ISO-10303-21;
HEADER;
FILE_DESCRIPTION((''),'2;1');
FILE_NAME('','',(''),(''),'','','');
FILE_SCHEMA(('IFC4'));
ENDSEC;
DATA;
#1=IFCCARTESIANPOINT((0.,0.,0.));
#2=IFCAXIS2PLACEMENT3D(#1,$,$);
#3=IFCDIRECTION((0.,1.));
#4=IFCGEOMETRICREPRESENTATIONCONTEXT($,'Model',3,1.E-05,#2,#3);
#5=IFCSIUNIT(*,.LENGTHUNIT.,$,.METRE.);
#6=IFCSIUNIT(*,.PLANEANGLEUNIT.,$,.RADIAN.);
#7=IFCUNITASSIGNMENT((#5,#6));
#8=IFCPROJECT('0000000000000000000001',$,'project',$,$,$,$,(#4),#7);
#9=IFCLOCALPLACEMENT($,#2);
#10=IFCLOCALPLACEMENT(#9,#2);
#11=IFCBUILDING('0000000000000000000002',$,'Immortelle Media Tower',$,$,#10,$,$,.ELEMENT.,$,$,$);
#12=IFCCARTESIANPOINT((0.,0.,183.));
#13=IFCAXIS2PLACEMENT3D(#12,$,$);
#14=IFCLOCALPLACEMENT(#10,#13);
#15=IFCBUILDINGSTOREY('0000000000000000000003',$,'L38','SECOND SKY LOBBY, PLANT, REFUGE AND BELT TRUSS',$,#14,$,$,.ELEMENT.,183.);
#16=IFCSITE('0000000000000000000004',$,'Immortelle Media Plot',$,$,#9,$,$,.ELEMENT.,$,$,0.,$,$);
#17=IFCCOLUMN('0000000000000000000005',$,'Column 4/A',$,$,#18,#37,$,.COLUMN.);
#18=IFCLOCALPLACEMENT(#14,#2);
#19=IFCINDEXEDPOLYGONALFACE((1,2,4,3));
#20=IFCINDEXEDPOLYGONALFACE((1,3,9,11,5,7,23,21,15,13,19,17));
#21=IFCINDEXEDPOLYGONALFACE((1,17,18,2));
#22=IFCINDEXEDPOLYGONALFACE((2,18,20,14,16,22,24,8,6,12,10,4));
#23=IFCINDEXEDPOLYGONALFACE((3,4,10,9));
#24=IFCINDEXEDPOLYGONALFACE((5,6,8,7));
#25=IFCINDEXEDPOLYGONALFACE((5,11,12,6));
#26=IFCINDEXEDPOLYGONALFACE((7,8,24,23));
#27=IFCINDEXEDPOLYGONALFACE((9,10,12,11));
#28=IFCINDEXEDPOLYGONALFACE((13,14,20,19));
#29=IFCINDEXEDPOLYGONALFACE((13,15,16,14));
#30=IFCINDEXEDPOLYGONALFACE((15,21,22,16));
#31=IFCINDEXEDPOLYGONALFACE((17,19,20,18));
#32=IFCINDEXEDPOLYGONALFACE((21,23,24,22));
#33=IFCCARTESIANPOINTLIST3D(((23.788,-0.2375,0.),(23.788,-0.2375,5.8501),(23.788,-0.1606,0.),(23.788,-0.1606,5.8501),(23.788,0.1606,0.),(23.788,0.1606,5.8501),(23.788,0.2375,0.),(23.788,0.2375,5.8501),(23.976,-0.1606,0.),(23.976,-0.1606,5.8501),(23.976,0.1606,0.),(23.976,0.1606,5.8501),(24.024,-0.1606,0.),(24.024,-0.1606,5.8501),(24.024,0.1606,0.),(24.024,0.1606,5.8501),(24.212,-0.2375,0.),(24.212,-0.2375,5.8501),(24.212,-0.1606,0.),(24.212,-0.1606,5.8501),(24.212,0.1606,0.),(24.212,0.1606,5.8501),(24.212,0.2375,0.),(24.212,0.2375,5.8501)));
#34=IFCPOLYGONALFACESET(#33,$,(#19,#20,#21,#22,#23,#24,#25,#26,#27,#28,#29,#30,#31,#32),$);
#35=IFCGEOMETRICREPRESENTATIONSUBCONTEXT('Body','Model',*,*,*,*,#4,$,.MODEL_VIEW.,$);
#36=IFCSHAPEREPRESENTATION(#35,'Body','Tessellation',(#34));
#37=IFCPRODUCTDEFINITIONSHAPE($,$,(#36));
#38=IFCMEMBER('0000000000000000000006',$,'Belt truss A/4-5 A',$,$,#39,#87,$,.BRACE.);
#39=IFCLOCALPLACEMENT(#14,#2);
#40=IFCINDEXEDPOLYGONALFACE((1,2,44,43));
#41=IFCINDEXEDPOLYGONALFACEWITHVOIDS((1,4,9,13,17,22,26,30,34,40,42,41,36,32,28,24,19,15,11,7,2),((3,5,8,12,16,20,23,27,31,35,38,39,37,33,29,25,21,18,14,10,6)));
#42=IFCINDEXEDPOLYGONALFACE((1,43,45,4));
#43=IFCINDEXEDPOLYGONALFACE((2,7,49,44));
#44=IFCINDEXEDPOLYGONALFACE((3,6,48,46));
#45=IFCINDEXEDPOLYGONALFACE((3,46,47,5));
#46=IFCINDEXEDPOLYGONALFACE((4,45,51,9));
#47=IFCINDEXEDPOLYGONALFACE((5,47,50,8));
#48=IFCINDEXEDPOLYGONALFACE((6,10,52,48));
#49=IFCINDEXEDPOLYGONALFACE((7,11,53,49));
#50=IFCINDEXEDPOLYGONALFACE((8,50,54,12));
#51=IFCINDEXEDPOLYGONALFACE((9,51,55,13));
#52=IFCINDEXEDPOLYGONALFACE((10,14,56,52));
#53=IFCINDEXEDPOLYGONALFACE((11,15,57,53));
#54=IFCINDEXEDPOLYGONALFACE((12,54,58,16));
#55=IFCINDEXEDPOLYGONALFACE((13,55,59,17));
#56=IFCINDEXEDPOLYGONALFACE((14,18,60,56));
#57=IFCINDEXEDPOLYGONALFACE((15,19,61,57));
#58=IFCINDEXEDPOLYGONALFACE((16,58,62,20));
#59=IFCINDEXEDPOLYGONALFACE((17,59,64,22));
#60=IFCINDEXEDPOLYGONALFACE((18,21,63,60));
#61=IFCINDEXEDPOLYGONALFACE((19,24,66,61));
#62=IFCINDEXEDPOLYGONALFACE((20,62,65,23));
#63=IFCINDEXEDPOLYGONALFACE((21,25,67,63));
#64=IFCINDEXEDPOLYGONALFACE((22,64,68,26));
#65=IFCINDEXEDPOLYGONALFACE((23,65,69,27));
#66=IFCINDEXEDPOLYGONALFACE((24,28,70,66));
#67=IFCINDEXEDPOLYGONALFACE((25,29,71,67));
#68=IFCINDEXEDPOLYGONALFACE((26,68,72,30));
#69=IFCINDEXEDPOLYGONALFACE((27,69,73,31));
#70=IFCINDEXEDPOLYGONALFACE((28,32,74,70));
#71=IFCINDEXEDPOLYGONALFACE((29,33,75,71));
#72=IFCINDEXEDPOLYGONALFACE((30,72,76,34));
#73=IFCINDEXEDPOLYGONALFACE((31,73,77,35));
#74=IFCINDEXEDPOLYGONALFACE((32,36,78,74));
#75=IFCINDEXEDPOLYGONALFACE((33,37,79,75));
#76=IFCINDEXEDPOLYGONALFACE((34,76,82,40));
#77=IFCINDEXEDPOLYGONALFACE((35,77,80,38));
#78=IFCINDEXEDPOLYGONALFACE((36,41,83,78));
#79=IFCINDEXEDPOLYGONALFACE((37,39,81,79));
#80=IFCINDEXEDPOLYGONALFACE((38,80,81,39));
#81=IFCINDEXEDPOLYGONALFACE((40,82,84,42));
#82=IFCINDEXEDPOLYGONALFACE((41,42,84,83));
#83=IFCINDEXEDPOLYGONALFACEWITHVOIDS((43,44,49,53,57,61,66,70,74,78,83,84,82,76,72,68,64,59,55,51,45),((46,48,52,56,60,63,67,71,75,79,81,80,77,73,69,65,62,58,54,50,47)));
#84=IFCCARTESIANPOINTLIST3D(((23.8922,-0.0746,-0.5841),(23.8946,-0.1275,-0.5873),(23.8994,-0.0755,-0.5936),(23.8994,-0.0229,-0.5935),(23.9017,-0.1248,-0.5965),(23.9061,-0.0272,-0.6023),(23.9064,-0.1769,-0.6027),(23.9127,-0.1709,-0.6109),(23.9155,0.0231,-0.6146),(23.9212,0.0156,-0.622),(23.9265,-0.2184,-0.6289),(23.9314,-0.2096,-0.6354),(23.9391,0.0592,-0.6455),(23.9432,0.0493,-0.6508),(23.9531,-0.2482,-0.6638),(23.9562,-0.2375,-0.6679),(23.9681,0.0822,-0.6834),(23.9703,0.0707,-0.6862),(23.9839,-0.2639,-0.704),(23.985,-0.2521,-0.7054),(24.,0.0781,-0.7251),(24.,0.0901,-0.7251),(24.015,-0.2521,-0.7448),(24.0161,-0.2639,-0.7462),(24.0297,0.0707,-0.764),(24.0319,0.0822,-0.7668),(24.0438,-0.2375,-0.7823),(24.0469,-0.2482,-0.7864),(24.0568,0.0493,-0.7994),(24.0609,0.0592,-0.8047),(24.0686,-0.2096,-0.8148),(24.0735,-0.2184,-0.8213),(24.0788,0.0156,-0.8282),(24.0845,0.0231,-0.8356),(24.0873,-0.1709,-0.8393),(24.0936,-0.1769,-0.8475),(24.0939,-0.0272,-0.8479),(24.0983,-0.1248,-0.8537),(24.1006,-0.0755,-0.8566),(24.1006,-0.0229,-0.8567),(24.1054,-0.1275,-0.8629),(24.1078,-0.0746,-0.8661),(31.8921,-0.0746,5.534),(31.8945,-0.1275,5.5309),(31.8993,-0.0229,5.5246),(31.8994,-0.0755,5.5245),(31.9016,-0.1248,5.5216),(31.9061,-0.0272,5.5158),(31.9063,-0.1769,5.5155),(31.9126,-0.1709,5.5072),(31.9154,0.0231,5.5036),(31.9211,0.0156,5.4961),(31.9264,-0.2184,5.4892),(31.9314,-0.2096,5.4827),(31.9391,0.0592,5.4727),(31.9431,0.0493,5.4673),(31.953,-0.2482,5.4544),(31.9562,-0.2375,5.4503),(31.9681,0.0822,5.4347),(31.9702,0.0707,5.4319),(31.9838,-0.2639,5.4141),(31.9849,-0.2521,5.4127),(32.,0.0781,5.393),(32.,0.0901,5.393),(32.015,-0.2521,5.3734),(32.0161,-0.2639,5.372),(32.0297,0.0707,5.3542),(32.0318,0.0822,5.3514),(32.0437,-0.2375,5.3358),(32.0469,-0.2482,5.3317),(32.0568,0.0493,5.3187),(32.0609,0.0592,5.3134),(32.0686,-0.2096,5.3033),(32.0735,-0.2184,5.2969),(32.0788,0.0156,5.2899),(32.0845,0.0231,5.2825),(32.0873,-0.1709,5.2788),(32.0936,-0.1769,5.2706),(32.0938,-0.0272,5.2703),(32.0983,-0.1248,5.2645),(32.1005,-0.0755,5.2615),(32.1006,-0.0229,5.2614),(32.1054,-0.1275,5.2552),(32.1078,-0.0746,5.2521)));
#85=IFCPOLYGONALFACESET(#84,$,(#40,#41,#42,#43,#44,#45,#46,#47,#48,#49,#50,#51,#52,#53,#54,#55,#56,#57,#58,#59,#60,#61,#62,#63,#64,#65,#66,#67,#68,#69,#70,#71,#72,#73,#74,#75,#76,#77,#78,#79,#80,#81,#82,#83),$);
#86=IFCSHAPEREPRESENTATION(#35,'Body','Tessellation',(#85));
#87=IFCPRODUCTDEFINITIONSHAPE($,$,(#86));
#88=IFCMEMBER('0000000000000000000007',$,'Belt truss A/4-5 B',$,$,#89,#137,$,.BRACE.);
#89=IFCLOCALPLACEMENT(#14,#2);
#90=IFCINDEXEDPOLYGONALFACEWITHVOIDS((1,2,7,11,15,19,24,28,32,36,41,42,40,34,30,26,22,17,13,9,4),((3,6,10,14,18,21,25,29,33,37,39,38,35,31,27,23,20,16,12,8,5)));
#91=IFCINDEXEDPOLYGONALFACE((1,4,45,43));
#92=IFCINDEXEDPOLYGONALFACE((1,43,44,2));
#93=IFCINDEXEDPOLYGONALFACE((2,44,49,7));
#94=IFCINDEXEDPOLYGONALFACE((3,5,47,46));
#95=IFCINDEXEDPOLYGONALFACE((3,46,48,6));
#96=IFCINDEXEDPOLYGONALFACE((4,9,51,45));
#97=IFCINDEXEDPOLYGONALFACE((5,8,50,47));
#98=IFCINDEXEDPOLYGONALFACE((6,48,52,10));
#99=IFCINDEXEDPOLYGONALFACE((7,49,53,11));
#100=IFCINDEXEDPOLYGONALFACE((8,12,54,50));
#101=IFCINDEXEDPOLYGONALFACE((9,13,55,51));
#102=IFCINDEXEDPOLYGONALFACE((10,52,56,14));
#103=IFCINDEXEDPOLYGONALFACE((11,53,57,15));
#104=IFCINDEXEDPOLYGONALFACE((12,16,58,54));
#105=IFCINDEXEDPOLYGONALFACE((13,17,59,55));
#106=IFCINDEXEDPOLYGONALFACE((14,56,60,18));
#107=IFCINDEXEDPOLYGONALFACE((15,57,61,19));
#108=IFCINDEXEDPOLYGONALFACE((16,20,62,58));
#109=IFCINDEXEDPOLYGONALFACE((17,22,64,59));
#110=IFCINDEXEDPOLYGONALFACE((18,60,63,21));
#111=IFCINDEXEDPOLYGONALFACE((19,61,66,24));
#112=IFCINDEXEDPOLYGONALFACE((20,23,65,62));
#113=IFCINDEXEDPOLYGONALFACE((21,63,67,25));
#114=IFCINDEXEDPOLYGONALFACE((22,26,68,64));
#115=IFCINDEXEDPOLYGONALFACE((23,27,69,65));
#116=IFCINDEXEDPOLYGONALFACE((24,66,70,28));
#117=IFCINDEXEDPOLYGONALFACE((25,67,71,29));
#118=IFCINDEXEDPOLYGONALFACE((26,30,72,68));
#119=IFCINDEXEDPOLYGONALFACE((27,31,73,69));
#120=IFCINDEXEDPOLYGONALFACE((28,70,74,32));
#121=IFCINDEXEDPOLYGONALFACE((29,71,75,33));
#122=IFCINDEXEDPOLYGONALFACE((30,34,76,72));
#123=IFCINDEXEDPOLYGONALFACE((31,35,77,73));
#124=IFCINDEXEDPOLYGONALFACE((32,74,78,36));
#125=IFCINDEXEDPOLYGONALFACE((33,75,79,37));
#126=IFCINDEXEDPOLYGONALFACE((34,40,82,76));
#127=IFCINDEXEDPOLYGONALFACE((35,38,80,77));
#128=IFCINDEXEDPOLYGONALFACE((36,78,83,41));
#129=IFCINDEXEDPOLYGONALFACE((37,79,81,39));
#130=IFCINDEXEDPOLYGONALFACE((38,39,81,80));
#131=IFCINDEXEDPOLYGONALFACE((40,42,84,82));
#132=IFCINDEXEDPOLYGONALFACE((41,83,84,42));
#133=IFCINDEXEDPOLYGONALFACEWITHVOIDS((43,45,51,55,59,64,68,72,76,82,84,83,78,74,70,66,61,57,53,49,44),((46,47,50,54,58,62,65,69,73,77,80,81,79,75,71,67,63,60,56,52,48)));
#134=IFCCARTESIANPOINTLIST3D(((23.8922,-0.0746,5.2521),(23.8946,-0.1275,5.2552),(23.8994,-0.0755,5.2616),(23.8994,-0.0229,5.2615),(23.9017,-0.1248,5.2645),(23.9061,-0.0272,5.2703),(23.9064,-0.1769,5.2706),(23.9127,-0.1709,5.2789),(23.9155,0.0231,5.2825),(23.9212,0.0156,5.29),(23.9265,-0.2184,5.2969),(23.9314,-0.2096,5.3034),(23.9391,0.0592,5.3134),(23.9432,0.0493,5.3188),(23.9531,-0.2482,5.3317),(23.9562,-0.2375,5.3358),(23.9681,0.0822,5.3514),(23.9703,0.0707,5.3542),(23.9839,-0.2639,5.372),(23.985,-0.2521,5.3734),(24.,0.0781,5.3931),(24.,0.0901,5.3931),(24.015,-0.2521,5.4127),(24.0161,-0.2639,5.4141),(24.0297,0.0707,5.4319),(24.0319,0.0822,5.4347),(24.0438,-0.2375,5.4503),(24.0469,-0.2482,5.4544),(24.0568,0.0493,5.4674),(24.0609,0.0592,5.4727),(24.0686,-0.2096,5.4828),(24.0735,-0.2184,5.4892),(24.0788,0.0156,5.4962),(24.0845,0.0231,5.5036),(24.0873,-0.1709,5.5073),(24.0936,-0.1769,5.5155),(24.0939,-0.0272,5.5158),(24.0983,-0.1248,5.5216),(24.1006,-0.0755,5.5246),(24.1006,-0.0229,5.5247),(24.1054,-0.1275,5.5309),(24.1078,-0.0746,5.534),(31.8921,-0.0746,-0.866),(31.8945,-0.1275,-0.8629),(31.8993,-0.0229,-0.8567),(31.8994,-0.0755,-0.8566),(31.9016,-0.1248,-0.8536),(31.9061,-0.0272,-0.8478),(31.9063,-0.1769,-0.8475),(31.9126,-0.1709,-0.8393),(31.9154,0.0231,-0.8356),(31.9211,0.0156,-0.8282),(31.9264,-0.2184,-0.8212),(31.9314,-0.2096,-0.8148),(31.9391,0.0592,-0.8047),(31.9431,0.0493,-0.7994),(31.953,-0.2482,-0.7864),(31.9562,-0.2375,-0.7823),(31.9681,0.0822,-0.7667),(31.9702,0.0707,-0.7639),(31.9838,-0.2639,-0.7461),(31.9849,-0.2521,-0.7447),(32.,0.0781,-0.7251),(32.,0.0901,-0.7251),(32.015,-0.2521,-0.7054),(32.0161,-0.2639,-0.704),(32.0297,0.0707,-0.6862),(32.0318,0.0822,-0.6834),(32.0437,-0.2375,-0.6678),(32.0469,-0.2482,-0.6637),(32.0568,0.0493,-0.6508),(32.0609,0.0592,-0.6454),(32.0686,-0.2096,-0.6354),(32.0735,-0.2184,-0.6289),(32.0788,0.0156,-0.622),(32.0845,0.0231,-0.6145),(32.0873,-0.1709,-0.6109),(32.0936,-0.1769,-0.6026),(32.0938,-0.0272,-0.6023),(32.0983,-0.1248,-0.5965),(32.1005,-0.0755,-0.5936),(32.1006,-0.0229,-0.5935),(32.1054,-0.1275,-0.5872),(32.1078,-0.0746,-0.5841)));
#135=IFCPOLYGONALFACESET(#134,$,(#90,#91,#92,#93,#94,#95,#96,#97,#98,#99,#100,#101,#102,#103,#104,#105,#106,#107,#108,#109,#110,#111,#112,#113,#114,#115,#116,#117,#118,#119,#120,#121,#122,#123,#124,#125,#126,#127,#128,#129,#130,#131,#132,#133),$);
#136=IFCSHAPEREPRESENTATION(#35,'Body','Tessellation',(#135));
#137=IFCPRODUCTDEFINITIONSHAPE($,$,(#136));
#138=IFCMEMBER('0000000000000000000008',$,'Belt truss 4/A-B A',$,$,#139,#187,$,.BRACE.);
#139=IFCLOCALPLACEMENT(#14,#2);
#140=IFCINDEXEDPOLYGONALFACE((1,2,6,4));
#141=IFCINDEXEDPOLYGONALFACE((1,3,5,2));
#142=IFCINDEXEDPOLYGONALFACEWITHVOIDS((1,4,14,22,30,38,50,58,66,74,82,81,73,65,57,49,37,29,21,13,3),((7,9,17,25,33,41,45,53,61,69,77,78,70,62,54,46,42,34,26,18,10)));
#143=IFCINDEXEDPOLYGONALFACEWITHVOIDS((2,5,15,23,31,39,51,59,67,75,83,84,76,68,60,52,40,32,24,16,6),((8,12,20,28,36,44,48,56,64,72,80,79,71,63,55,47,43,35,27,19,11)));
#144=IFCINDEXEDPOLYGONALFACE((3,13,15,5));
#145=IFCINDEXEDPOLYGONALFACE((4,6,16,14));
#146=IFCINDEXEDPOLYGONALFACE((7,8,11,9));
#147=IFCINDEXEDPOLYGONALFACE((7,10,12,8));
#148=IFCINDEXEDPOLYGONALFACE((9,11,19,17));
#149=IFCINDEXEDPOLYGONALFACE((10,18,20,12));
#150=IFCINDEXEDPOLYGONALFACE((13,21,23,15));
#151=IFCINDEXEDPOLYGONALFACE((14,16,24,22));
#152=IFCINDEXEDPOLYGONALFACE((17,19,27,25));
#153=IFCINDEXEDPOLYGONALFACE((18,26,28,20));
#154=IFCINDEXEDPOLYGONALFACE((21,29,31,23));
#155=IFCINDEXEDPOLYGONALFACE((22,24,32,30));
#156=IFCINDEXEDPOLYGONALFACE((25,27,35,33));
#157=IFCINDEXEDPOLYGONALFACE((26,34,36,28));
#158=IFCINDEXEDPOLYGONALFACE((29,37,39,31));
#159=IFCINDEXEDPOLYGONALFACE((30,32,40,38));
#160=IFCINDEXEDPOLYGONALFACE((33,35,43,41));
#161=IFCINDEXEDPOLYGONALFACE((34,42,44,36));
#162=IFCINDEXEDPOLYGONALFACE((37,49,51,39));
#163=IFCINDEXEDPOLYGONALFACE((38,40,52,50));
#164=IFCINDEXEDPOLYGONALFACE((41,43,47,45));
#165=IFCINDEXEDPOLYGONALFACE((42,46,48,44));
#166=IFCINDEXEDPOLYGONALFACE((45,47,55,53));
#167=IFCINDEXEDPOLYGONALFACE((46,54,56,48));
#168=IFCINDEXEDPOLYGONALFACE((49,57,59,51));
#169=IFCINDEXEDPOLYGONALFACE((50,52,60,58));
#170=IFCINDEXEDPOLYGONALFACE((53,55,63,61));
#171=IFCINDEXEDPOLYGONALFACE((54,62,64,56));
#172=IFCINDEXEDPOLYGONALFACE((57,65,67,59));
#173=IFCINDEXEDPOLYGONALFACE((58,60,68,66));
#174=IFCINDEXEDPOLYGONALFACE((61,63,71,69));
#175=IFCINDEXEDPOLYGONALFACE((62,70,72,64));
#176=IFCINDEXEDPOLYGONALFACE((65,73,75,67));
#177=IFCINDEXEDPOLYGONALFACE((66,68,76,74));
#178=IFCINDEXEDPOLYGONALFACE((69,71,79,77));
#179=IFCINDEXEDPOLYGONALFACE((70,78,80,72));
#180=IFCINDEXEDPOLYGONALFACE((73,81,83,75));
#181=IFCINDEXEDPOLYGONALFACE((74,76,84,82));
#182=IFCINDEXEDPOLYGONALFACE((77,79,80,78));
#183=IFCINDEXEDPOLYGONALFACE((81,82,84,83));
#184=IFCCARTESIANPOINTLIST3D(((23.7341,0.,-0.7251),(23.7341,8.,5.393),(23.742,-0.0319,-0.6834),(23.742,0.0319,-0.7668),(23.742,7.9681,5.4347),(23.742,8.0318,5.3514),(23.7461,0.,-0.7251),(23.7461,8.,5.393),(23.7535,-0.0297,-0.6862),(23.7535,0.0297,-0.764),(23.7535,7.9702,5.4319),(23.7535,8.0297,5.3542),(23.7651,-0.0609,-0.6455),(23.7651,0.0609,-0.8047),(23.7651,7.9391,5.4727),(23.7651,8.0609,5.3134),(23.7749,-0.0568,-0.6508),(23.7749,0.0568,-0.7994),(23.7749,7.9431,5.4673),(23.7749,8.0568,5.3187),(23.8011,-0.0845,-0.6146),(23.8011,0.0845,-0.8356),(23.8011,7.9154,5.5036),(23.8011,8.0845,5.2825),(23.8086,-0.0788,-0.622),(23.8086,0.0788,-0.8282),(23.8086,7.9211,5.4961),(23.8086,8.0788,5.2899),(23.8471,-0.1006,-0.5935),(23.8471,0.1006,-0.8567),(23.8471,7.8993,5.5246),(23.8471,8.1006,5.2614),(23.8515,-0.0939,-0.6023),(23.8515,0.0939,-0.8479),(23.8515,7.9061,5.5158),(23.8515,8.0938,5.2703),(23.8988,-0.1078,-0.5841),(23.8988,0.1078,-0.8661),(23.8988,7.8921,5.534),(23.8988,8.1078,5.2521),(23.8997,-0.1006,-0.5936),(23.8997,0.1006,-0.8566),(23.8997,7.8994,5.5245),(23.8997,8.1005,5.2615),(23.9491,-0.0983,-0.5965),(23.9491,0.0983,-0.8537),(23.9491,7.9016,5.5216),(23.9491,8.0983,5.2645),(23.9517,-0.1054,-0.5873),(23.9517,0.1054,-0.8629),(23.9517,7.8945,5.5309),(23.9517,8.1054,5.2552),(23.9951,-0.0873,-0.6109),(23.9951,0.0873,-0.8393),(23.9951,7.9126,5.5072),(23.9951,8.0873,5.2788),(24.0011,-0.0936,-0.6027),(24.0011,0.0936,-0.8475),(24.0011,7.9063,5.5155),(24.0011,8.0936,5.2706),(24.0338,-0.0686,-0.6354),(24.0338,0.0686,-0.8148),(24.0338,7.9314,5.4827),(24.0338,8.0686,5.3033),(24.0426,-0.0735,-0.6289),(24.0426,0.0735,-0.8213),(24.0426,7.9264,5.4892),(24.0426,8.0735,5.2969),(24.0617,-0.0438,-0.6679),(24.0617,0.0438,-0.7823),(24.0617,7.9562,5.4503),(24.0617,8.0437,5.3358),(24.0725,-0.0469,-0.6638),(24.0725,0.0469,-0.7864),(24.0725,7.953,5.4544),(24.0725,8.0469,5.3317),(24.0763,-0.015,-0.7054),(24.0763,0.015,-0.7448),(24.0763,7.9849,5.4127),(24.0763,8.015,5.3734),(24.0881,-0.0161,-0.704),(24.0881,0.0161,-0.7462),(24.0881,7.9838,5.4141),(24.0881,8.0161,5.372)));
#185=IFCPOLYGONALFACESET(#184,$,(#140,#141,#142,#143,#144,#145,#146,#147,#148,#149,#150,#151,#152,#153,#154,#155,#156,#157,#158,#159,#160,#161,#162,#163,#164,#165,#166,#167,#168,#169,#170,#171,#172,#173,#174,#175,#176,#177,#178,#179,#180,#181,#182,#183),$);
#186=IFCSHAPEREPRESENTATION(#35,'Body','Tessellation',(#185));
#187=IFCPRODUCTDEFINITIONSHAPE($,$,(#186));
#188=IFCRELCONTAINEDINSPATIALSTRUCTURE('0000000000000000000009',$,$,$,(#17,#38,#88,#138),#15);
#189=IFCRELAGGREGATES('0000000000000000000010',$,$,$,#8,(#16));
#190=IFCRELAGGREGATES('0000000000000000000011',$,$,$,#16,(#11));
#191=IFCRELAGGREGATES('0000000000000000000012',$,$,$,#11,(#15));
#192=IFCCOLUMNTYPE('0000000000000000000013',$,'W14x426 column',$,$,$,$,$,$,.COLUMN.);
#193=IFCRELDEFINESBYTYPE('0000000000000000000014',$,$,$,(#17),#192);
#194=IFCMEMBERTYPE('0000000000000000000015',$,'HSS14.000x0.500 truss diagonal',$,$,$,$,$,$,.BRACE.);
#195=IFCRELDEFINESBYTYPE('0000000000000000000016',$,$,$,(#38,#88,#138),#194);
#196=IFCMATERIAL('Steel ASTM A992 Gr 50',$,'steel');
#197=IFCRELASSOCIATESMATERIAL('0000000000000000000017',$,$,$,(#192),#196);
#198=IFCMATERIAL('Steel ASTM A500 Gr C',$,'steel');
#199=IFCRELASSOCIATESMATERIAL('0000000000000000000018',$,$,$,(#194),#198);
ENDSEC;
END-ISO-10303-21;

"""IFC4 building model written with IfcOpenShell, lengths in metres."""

from ifc_helpers import new_model, si_unit, direction, frame, origin, origin_2d, place, context, subcontext, project, spatial, hollow_circle, i_section, extrude, material, material_profile, profile_set, type_object, element, save


model = new_model("IFC4")

# Units and contexts
model_context = context("Model", 3, precision=1e-05, world=origin(), true_north=direction((0.0, 1.0)))
body_context = subcontext(model_context, "Body", "Model", "MODEL_VIEW")
ifc_project = project(units=[si_unit("LENGTHUNIT", "METRE"), si_unit("PLANEANGLEUNIT", "RADIAN")], contexts=[model_context])

# Site, building, storey
site_placement = place(None, origin())
site = spatial("IfcSite", under=ifc_project, at=site_placement, Name="Immortelle Media Plot", CompositionType="ELEMENT", RefElevation=0.0)
building_placement = place(site_placement, origin())
building = spatial("IfcBuilding", under=site, at=building_placement, Name="Immortelle Media Tower", CompositionType="ELEMENT")
storey_placement = place(building_placement, frame((0.0, 0.0, 183.0)))
storey = spatial("IfcBuildingStorey", under=building, at=storey_placement, Name="L38", Description="SECOND SKY LOBBY, PLANT, REFUGE AND BELT TRUSS", CompositionType="ELEMENT", Elevation=183.0)

# Column
ifc_material_1 = material(Name="Steel ASTM A992 Gr 50", Category="steel")
ifc_material_profile_1 = material_profile(ifc_material_1, i_section(OverallWidth=0.4241, OverallDepth=0.4751, WebThickness=0.0481, FlangeThickness=0.0769, at=origin_2d()), Name="W14x426")
ifc_profile_set_1 = profile_set([ifc_material_profile_1], Name="Steel ASTM A992 Gr 50")
column_type = type_object("IfcColumnType", Name="W14x426 column", PredefinedType="COLUMN", material=ifc_profile_set_1)
column_placement = place(storey_placement, frame((24.0, 0.0, 0.0), z_axis=(0.0, 0.0, 1.0), x_axis=(1.0, 0.0, 0.0)))
element("IfcColumn", 1, at=column_placement, inside=storey, type_object=column_type, Name="Column 4/A", PredefinedType="COLUMN", context=body_context, shape_type="SweptSolid", body=[
    extrude(i_section(OverallWidth=0.4241, OverallDepth=0.4751, WebThickness=0.0481, FlangeThickness=0.0769, at=origin_2d()), origin(), (0.0, 0.0, 1.0), 5.8501),
])

# Members
ifc_material_2 = material(Name="Steel ASTM A500 Gr C", Category="steel")
ifc_material_profile_2 = material_profile(ifc_material_2, hollow_circle(Radius=0.178, WallThickness=0.012, at=origin_2d()), Name="HSS14.000x0.500 truss diagonal")
ifc_profile_set_2 = profile_set([ifc_material_profile_2], Name="Steel ASTM A500 Gr C")
member_type_1 = type_object("IfcMemberType", Name="HSS14.000x0.500 truss diagonal", PredefinedType="BRACE", material=ifc_profile_set_2)
for number, where, z_axis, x_axis, name in (
    (2, (24.0, -0.0879, -0.7251), (0.794333, 0.0, 0.607482), (0.0, 1.0, 0.0), "Belt truss A/4-5 A"),
    (3, (24.0, -0.0879, 5.3931), (0.794333, 0.0, -0.607482), (0.0, 1.0, 0.0), "Belt truss A/4-5 B"),
    (4, (23.9121, 0.0, -0.7251), (0.0, 0.794333, 0.607482), (-1.0, 0.0, 0.0), "Belt truss 4/A-B A"),
):
    element("IfcMember", number, at=place(storey_placement, frame(where, z_axis=z_axis, x_axis=x_axis)), inside=storey, type_object=member_type_1, Name=name, PredefinedType="BRACE", context=body_context, shape_type="SweptSolid", body=[
        extrude(hollow_circle(Radius=0.178, WallThickness=0.012, at=origin_2d()), origin(), (0.0, 0.0, 1.0), 10.0713),
    ])

save(model, "model.ifc")
